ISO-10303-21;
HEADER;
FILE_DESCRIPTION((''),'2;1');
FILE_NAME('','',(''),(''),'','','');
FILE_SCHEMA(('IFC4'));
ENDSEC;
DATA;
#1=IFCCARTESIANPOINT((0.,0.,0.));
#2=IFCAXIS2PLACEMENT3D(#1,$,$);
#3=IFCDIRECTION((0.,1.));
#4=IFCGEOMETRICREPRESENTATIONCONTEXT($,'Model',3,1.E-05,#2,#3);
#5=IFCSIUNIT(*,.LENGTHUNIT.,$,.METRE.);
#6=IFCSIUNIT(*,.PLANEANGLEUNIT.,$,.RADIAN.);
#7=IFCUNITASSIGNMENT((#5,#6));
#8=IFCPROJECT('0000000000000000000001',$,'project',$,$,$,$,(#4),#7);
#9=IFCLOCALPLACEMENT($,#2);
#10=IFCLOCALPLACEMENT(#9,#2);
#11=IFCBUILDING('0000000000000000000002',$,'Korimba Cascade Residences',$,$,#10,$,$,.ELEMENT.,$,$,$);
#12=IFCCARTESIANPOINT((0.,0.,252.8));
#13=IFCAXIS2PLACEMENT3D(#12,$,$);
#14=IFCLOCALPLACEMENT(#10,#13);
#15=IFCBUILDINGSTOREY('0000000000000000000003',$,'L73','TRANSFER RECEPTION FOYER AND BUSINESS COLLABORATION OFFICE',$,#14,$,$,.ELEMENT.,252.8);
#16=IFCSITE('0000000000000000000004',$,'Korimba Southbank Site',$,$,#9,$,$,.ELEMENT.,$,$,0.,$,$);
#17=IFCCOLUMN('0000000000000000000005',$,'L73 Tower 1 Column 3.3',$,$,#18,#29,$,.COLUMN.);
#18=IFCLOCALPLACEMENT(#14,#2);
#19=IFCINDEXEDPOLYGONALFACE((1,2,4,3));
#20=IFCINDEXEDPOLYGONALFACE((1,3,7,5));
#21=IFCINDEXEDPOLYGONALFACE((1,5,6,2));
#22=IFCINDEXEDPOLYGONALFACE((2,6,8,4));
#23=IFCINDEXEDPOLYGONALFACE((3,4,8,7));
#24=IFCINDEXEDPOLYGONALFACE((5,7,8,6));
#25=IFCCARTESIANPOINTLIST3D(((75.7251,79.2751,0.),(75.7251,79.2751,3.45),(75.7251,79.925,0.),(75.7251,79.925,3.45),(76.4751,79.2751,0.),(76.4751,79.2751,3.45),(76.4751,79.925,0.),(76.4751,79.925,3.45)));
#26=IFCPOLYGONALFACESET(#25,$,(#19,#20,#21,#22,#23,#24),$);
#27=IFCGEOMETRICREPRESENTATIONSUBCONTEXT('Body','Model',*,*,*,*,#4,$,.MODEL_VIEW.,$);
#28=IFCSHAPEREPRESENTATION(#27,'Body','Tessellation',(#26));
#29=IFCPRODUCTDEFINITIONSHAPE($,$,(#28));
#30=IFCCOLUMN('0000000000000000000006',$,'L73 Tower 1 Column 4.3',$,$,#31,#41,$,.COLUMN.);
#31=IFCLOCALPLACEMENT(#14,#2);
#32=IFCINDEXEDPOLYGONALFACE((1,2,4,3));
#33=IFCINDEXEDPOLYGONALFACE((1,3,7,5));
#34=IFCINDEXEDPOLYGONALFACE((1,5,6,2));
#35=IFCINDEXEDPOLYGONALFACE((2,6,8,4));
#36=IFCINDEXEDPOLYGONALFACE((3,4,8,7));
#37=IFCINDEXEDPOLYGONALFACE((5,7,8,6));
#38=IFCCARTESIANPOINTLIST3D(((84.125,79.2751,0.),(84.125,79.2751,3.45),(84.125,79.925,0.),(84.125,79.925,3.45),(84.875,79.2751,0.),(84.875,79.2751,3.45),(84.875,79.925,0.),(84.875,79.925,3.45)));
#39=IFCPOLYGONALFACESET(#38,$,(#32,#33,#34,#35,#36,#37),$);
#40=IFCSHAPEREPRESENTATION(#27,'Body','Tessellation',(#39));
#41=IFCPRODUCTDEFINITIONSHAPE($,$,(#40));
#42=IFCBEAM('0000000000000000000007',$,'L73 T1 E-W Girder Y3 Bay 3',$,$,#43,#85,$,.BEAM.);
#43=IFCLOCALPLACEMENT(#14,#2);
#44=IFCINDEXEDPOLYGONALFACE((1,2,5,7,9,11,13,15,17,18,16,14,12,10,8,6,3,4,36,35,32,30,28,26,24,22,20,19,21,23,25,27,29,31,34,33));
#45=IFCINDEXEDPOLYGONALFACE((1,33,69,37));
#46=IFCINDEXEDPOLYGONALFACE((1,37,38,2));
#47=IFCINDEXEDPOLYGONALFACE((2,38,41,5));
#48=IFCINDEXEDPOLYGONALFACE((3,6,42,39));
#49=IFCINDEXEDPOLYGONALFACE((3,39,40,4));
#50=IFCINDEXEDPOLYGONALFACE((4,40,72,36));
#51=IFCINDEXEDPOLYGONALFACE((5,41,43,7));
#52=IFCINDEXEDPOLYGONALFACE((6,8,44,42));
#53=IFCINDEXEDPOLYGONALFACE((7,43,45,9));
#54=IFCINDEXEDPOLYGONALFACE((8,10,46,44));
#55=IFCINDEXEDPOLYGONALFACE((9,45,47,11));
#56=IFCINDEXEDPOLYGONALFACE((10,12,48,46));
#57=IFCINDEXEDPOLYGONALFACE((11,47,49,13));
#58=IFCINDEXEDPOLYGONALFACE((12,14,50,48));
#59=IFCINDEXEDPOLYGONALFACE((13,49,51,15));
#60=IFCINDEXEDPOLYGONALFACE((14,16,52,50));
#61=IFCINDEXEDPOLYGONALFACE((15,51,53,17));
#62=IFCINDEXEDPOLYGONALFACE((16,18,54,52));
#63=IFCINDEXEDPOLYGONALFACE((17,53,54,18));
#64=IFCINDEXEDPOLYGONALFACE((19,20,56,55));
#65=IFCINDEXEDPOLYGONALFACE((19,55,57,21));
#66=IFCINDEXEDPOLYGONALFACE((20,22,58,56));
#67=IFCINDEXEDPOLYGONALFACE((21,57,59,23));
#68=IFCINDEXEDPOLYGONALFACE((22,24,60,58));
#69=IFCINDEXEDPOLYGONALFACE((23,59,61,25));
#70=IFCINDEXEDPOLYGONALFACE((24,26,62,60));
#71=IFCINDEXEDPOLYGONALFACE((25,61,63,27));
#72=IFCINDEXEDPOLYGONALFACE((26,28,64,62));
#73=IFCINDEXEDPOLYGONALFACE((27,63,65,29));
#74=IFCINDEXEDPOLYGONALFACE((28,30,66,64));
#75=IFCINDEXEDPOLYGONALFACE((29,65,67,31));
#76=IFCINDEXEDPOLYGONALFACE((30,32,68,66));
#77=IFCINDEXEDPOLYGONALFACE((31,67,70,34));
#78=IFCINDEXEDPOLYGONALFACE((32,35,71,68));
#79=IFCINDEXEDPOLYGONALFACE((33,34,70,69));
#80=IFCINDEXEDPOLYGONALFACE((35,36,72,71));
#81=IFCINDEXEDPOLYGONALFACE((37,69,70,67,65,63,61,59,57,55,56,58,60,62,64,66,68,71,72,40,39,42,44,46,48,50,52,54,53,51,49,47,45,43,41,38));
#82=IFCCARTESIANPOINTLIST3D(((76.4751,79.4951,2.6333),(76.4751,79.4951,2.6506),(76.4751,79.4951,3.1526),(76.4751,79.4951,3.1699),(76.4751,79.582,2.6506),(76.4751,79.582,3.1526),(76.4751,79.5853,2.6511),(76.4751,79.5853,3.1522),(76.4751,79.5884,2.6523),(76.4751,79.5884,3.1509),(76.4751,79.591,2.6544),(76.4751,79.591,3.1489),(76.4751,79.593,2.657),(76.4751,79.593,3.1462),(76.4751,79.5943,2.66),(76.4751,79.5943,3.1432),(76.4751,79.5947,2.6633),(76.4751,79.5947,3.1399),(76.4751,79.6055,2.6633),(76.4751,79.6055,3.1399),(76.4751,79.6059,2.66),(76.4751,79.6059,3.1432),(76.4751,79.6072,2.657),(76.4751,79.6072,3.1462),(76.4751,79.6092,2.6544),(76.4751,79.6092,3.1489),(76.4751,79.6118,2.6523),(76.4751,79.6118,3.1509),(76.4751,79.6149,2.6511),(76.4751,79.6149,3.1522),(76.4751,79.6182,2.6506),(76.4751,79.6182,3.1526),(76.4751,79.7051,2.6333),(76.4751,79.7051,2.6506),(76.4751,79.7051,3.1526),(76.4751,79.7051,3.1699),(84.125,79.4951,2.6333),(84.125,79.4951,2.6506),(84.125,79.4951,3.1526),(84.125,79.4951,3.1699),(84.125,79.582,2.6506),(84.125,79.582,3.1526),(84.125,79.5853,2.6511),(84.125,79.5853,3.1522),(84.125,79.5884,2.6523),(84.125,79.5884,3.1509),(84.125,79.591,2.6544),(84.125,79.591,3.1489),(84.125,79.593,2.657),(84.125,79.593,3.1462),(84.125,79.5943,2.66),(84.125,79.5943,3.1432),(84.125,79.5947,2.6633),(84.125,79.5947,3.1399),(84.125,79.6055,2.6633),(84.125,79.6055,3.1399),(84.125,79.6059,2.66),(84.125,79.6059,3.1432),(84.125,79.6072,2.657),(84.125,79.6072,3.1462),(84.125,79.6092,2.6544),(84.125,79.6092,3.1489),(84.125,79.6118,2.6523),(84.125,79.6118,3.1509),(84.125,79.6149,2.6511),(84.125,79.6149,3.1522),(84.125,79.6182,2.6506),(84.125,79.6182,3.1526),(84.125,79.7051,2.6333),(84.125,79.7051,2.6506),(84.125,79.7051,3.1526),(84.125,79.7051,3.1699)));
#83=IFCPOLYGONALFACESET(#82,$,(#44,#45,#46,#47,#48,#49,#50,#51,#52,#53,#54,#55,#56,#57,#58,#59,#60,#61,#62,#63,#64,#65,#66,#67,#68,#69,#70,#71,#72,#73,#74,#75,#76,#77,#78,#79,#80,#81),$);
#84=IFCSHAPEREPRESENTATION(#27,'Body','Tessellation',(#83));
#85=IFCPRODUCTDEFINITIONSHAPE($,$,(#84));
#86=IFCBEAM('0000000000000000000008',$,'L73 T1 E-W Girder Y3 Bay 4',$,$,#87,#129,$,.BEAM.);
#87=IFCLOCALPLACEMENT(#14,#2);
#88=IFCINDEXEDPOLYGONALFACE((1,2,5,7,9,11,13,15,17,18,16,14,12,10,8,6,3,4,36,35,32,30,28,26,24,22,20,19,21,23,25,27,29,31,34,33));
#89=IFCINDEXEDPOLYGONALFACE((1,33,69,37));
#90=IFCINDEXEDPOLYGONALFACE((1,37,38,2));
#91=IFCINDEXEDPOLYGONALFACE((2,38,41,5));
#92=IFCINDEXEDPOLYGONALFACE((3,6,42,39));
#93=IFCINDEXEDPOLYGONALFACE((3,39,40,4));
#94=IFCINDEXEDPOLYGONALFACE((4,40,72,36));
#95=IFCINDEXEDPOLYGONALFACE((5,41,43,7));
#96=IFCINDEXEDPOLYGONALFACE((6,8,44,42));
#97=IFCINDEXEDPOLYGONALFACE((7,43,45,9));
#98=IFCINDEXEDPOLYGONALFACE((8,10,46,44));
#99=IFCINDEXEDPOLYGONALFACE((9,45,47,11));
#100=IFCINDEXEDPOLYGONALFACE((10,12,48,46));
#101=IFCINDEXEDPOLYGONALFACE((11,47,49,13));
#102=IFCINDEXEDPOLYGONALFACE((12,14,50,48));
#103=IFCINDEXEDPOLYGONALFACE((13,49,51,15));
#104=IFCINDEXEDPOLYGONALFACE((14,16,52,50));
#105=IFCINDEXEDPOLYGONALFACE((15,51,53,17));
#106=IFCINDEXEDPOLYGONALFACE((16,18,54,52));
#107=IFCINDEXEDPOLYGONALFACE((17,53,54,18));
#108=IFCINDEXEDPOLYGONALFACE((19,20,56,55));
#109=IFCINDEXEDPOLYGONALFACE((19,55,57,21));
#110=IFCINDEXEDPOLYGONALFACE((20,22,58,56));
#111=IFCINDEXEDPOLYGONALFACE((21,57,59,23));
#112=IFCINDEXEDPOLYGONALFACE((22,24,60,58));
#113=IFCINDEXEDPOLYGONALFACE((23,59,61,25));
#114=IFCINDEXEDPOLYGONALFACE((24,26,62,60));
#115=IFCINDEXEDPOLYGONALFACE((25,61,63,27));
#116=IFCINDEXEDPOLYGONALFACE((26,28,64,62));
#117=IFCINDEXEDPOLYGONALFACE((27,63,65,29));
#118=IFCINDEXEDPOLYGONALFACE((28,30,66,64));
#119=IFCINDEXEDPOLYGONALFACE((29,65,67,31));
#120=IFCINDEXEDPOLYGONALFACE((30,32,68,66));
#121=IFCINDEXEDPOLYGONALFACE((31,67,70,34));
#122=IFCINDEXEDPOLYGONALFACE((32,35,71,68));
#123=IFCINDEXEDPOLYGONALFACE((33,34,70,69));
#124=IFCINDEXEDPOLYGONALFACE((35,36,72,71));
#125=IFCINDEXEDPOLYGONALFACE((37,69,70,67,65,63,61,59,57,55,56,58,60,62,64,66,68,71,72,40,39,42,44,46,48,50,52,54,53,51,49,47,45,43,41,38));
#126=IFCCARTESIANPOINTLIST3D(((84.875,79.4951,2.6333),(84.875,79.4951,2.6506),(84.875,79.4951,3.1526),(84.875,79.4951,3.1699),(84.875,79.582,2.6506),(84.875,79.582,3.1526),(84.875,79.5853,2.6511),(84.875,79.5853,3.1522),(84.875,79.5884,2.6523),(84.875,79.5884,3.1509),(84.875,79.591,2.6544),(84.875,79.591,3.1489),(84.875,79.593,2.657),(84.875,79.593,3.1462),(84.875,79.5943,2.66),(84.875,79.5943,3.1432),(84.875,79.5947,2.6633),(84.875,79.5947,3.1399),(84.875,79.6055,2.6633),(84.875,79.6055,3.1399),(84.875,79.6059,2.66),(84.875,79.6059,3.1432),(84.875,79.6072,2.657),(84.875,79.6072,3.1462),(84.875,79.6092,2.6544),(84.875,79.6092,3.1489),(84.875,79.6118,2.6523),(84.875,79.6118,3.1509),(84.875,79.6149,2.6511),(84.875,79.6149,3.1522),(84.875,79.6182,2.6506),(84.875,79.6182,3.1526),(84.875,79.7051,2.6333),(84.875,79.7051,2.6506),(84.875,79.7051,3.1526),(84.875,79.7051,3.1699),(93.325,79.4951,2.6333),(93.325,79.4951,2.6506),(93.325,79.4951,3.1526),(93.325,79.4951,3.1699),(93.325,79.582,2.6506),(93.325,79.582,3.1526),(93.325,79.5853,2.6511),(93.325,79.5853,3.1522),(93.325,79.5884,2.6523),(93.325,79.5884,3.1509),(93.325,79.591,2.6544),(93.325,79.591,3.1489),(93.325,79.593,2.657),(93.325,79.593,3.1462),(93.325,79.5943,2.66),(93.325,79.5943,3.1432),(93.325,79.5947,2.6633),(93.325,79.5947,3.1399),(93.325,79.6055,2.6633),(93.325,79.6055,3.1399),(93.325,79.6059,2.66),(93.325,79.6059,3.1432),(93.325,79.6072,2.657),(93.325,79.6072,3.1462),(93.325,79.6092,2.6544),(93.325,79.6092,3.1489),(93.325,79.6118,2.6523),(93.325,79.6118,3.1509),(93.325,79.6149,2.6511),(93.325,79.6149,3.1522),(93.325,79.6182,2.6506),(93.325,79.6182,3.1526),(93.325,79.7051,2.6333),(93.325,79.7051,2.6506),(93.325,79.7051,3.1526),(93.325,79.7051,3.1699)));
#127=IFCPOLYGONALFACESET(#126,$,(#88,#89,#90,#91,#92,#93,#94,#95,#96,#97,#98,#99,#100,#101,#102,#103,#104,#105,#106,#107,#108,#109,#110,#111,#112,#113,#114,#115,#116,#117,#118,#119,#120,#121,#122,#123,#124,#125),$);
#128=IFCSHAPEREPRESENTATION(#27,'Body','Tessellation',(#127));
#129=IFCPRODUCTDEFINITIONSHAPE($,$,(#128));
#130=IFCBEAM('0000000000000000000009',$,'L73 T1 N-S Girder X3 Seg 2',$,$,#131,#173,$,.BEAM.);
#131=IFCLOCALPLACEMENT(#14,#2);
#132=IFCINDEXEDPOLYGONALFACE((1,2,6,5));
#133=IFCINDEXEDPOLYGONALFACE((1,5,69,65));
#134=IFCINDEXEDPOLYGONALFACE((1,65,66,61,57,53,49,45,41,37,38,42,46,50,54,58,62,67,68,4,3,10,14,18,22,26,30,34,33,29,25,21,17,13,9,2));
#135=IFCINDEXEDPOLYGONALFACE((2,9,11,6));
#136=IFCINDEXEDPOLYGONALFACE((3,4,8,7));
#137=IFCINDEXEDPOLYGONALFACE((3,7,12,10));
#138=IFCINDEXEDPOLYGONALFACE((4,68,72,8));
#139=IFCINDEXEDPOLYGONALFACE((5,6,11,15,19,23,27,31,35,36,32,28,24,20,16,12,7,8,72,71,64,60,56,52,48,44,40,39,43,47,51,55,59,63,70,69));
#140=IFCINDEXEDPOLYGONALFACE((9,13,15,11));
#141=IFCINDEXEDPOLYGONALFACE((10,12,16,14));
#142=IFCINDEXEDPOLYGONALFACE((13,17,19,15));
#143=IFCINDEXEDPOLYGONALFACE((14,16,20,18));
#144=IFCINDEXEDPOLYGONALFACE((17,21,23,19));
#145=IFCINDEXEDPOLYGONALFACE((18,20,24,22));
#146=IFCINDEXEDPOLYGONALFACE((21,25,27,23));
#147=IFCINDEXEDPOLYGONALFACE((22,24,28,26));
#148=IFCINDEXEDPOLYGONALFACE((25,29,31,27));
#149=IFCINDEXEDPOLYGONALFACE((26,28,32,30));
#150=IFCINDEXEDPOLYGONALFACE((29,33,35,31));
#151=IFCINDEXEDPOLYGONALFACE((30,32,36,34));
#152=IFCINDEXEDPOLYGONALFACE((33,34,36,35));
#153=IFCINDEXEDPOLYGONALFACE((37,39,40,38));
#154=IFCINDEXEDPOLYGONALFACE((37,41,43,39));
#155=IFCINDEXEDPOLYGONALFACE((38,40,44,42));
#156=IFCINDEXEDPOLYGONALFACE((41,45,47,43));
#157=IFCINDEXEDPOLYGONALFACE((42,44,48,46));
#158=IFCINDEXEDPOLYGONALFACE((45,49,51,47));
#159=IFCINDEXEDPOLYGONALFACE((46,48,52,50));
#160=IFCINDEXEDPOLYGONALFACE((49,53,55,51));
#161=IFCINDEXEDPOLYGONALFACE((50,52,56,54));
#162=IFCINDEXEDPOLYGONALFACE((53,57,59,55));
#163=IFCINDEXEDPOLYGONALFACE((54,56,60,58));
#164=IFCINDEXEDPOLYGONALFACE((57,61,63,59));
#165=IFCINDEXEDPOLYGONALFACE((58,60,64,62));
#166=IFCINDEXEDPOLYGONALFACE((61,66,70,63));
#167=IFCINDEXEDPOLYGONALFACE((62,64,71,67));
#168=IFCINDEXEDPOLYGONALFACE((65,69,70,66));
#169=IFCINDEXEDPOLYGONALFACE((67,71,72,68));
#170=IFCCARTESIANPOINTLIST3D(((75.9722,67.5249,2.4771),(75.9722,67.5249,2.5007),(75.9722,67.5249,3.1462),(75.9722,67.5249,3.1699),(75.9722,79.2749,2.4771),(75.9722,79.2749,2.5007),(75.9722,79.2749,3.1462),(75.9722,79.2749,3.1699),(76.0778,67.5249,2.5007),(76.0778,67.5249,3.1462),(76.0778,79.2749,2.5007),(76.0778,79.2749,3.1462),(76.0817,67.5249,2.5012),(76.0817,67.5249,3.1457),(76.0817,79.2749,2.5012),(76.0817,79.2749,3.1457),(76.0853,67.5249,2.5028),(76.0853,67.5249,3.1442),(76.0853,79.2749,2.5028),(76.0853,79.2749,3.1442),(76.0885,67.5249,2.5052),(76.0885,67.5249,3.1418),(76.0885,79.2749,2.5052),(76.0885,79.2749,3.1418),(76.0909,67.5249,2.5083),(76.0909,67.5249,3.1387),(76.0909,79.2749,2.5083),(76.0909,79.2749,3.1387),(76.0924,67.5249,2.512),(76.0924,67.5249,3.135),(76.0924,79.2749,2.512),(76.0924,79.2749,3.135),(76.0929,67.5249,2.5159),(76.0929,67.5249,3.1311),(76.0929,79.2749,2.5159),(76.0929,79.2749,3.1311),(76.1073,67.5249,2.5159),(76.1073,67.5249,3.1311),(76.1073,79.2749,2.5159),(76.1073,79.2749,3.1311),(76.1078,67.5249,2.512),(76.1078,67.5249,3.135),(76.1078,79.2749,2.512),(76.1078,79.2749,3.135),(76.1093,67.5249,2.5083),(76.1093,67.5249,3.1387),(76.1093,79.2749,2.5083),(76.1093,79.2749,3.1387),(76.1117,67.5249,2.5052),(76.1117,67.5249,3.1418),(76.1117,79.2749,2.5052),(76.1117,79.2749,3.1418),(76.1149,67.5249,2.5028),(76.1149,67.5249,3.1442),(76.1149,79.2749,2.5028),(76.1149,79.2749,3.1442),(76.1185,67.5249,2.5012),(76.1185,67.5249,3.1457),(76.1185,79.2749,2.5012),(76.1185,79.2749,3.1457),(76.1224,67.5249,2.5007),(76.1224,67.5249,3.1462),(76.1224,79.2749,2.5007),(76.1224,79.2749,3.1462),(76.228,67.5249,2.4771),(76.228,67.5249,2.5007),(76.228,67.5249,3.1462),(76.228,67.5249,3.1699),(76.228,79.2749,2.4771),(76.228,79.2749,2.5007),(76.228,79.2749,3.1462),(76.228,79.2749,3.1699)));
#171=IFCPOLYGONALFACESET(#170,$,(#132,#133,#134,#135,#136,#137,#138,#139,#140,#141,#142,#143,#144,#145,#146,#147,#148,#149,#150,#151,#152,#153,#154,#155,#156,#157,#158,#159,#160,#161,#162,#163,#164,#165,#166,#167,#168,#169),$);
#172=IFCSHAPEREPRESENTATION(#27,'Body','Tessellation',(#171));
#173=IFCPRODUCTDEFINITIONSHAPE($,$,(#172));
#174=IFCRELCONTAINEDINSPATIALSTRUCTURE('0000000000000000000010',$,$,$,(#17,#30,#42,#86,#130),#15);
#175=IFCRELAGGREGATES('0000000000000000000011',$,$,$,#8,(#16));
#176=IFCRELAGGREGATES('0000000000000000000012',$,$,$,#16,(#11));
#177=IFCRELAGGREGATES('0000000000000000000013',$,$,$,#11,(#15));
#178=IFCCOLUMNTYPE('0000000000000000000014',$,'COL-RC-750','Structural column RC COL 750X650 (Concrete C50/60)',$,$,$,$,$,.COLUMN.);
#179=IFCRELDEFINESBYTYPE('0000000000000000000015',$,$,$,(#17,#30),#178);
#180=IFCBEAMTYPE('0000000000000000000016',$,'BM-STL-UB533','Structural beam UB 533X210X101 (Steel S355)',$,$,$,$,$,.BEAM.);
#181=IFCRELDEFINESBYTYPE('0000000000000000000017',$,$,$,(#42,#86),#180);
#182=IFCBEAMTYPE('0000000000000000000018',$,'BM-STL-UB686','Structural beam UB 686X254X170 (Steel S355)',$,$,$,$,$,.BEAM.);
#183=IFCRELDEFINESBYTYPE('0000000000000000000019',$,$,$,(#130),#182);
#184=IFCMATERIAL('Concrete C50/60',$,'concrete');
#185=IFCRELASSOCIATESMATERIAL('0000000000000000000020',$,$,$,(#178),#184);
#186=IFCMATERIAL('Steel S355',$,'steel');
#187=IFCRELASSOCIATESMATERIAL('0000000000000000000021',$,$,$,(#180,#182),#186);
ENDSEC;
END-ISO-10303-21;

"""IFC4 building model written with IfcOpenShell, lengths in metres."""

from ifc_helpers import new_model, si_unit, direction, frame, origin, origin_2d, place, context, subcontext, project, spatial, rectangle, i_section, extrude, material, material_profile, profile_set, type_object, element, save


model = new_model("IFC4")

# Units and contexts
model_context = context("Model", 3, precision=1e-05, world=origin(), true_north=direction((0.0, 1.0)))
body_context = subcontext(model_context, "Body", "Model", "MODEL_VIEW")
ifc_project = project(units=[si_unit("LENGTHUNIT", "METRE"), si_unit("PLANEANGLEUNIT", "RADIAN")], contexts=[model_context])

# Site, building, storey
site_placement = place(None, origin())
site = spatial("IfcSite", under=ifc_project, at=site_placement, Name="Korimba Southbank Site", CompositionType="ELEMENT", RefElevation=0.0)
building_placement = place(site_placement, origin())
building = spatial("IfcBuilding", under=site, at=building_placement, Name="Korimba Cascade Residences", CompositionType="ELEMENT")
storey_placement = place(building_placement, frame((0.0, 0.0, 252.8)))
storey = spatial("IfcBuildingStorey", under=building, at=storey_placement, Name="L73", Description="TRANSFER RECEPTION FOYER AND BUSINESS COLLABORATION OFFICE", CompositionType="ELEMENT", Elevation=252.8)

# Columns
ifc_material_1 = material(Name="Concrete C50/60", Category="concrete")
ifc_material_profile_1 = material_profile(ifc_material_1, rectangle(XDim=0.75, YDim=0.6499, at=origin_2d()), Name="Concrete C50/60")
ifc_profile_set_1 = profile_set([ifc_material_profile_1], Name="Concrete C50/60")
column_type = type_object("IfcColumnType", Name="COL-RC-750", Description="Structural column RC COL 750X650 (Concrete C50/60)", PredefinedType="COLUMN", material=ifc_profile_set_1)
for number, where, z_axis, x_axis, name in (
    (1, (76.1001, 79.6001, 0.0), (0.0, 0.0, 1.0), (1.0, 0.0, 0.0), "L73 Tower 1 Column 3.3"),
    (2, (84.5, 79.6001, 0.0), (0.0, 0.0, 1.0), (1.0, 0.0, 0.0), "L73 Tower 1 Column 4.3"),
):
    element("IfcColumn", number, at=place(storey_placement, frame(where, z_axis=z_axis, x_axis=x_axis)), inside=storey, type_object=column_type, Name=name, PredefinedType="COLUMN", context=body_context, shape_type="SweptSolid", body=[
        extrude(rectangle(XDim=0.75, YDim=0.6499, at=origin_2d()), origin(), (0.0, 0.0, 1.0), 3.45),
    ])

# Beams
ifc_material_2 = material(Name="Steel S355", Category="steel")
ifc_material_profile_2 = material_profile(ifc_material_2, i_section(OverallWidth=0.21, OverallDepth=0.5366, WebThickness=0.0107, FlangeThickness=0.0173, FilletRadius=0.0127, at=origin_2d()), Name="Steel S355")
ifc_profile_set_2 = profile_set([ifc_material_profile_2], Name="Steel S355")
beam_type_1 = type_object("IfcBeamType", Name="BM-STL-UB533", Description="Structural beam UB 533X210X101 (Steel S355)", PredefinedType="BEAM", material=ifc_profile_set_2)
beam_1_placement = place(storey_placement, frame((76.4751, 79.6001, 2.9016), z_axis=(1.0, 0.0, 0.0), x_axis=(0.0, 1.0, 0.0)))
element("IfcBeam", 3, at=beam_1_placement, inside=storey, type_object=beam_type_1, Name="L73 T1 E-W Girder Y3 Bay 3", PredefinedType="BEAM", context=body_context, shape_type="SweptSolid", body=[
    extrude(i_section(OverallWidth=0.21, OverallDepth=0.5366, WebThickness=0.0107, FlangeThickness=0.0173, FilletRadius=0.0127, at=origin_2d()), origin(), (0.0, 0.0, 1.0), 7.6499),
])
beam_2_placement = place(storey_placement, frame((84.875, 79.6001, 2.9016), z_axis=(1.0, 0.0, 0.0), x_axis=(0.0, 1.0, 0.0)))
element("IfcBeam", 4, at=beam_2_placement, inside=storey, type_object=beam_type_1, Name="L73 T1 E-W Girder Y3 Bay 4", PredefinedType="BEAM", context=body_context, shape_type="SweptSolid", body=[
    extrude(i_section(OverallWidth=0.21, OverallDepth=0.5366, WebThickness=0.0107, FlangeThickness=0.0173, FilletRadius=0.0127, at=origin_2d()), origin(), (0.0, 0.0, 1.0), 8.45),
])
ifc_material_profile_3 = material_profile(ifc_material_2, i_section(OverallWidth=0.2559, OverallDepth=0.6929, WebThickness=0.0144, FlangeThickness=0.0237, FilletRadius=0.0151, at=origin_2d()), Name="Steel S355")
ifc_profile_set_3 = profile_set([ifc_material_profile_3], Name="Steel S355")
beam_type_2 = type_object("IfcBeamType", Name="BM-STL-UB686", Description="Structural beam UB 686X254X170 (Steel S355)", PredefinedType="BEAM", material=ifc_profile_set_3)
beam_3_placement = place(storey_placement, frame((76.1001, 67.5249, 2.8235), z_axis=(0.0, 1.0, 0.0), x_axis=(-1.0, 0.0, 0.0)))
element("IfcBeam", 5, at=beam_3_placement, inside=storey, type_object=beam_type_2, Name="L73 T1 N-S Girder X3 Seg 2", PredefinedType="BEAM", context=body_context, shape_type="SweptSolid", body=[
    extrude(i_section(OverallWidth=0.2559, OverallDepth=0.6929, WebThickness=0.0144, FlangeThickness=0.0237, FilletRadius=0.0151, at=origin_2d()), origin(), (0.0, 0.0, 1.0), 11.75),
])

save(model, "model.ifc")
